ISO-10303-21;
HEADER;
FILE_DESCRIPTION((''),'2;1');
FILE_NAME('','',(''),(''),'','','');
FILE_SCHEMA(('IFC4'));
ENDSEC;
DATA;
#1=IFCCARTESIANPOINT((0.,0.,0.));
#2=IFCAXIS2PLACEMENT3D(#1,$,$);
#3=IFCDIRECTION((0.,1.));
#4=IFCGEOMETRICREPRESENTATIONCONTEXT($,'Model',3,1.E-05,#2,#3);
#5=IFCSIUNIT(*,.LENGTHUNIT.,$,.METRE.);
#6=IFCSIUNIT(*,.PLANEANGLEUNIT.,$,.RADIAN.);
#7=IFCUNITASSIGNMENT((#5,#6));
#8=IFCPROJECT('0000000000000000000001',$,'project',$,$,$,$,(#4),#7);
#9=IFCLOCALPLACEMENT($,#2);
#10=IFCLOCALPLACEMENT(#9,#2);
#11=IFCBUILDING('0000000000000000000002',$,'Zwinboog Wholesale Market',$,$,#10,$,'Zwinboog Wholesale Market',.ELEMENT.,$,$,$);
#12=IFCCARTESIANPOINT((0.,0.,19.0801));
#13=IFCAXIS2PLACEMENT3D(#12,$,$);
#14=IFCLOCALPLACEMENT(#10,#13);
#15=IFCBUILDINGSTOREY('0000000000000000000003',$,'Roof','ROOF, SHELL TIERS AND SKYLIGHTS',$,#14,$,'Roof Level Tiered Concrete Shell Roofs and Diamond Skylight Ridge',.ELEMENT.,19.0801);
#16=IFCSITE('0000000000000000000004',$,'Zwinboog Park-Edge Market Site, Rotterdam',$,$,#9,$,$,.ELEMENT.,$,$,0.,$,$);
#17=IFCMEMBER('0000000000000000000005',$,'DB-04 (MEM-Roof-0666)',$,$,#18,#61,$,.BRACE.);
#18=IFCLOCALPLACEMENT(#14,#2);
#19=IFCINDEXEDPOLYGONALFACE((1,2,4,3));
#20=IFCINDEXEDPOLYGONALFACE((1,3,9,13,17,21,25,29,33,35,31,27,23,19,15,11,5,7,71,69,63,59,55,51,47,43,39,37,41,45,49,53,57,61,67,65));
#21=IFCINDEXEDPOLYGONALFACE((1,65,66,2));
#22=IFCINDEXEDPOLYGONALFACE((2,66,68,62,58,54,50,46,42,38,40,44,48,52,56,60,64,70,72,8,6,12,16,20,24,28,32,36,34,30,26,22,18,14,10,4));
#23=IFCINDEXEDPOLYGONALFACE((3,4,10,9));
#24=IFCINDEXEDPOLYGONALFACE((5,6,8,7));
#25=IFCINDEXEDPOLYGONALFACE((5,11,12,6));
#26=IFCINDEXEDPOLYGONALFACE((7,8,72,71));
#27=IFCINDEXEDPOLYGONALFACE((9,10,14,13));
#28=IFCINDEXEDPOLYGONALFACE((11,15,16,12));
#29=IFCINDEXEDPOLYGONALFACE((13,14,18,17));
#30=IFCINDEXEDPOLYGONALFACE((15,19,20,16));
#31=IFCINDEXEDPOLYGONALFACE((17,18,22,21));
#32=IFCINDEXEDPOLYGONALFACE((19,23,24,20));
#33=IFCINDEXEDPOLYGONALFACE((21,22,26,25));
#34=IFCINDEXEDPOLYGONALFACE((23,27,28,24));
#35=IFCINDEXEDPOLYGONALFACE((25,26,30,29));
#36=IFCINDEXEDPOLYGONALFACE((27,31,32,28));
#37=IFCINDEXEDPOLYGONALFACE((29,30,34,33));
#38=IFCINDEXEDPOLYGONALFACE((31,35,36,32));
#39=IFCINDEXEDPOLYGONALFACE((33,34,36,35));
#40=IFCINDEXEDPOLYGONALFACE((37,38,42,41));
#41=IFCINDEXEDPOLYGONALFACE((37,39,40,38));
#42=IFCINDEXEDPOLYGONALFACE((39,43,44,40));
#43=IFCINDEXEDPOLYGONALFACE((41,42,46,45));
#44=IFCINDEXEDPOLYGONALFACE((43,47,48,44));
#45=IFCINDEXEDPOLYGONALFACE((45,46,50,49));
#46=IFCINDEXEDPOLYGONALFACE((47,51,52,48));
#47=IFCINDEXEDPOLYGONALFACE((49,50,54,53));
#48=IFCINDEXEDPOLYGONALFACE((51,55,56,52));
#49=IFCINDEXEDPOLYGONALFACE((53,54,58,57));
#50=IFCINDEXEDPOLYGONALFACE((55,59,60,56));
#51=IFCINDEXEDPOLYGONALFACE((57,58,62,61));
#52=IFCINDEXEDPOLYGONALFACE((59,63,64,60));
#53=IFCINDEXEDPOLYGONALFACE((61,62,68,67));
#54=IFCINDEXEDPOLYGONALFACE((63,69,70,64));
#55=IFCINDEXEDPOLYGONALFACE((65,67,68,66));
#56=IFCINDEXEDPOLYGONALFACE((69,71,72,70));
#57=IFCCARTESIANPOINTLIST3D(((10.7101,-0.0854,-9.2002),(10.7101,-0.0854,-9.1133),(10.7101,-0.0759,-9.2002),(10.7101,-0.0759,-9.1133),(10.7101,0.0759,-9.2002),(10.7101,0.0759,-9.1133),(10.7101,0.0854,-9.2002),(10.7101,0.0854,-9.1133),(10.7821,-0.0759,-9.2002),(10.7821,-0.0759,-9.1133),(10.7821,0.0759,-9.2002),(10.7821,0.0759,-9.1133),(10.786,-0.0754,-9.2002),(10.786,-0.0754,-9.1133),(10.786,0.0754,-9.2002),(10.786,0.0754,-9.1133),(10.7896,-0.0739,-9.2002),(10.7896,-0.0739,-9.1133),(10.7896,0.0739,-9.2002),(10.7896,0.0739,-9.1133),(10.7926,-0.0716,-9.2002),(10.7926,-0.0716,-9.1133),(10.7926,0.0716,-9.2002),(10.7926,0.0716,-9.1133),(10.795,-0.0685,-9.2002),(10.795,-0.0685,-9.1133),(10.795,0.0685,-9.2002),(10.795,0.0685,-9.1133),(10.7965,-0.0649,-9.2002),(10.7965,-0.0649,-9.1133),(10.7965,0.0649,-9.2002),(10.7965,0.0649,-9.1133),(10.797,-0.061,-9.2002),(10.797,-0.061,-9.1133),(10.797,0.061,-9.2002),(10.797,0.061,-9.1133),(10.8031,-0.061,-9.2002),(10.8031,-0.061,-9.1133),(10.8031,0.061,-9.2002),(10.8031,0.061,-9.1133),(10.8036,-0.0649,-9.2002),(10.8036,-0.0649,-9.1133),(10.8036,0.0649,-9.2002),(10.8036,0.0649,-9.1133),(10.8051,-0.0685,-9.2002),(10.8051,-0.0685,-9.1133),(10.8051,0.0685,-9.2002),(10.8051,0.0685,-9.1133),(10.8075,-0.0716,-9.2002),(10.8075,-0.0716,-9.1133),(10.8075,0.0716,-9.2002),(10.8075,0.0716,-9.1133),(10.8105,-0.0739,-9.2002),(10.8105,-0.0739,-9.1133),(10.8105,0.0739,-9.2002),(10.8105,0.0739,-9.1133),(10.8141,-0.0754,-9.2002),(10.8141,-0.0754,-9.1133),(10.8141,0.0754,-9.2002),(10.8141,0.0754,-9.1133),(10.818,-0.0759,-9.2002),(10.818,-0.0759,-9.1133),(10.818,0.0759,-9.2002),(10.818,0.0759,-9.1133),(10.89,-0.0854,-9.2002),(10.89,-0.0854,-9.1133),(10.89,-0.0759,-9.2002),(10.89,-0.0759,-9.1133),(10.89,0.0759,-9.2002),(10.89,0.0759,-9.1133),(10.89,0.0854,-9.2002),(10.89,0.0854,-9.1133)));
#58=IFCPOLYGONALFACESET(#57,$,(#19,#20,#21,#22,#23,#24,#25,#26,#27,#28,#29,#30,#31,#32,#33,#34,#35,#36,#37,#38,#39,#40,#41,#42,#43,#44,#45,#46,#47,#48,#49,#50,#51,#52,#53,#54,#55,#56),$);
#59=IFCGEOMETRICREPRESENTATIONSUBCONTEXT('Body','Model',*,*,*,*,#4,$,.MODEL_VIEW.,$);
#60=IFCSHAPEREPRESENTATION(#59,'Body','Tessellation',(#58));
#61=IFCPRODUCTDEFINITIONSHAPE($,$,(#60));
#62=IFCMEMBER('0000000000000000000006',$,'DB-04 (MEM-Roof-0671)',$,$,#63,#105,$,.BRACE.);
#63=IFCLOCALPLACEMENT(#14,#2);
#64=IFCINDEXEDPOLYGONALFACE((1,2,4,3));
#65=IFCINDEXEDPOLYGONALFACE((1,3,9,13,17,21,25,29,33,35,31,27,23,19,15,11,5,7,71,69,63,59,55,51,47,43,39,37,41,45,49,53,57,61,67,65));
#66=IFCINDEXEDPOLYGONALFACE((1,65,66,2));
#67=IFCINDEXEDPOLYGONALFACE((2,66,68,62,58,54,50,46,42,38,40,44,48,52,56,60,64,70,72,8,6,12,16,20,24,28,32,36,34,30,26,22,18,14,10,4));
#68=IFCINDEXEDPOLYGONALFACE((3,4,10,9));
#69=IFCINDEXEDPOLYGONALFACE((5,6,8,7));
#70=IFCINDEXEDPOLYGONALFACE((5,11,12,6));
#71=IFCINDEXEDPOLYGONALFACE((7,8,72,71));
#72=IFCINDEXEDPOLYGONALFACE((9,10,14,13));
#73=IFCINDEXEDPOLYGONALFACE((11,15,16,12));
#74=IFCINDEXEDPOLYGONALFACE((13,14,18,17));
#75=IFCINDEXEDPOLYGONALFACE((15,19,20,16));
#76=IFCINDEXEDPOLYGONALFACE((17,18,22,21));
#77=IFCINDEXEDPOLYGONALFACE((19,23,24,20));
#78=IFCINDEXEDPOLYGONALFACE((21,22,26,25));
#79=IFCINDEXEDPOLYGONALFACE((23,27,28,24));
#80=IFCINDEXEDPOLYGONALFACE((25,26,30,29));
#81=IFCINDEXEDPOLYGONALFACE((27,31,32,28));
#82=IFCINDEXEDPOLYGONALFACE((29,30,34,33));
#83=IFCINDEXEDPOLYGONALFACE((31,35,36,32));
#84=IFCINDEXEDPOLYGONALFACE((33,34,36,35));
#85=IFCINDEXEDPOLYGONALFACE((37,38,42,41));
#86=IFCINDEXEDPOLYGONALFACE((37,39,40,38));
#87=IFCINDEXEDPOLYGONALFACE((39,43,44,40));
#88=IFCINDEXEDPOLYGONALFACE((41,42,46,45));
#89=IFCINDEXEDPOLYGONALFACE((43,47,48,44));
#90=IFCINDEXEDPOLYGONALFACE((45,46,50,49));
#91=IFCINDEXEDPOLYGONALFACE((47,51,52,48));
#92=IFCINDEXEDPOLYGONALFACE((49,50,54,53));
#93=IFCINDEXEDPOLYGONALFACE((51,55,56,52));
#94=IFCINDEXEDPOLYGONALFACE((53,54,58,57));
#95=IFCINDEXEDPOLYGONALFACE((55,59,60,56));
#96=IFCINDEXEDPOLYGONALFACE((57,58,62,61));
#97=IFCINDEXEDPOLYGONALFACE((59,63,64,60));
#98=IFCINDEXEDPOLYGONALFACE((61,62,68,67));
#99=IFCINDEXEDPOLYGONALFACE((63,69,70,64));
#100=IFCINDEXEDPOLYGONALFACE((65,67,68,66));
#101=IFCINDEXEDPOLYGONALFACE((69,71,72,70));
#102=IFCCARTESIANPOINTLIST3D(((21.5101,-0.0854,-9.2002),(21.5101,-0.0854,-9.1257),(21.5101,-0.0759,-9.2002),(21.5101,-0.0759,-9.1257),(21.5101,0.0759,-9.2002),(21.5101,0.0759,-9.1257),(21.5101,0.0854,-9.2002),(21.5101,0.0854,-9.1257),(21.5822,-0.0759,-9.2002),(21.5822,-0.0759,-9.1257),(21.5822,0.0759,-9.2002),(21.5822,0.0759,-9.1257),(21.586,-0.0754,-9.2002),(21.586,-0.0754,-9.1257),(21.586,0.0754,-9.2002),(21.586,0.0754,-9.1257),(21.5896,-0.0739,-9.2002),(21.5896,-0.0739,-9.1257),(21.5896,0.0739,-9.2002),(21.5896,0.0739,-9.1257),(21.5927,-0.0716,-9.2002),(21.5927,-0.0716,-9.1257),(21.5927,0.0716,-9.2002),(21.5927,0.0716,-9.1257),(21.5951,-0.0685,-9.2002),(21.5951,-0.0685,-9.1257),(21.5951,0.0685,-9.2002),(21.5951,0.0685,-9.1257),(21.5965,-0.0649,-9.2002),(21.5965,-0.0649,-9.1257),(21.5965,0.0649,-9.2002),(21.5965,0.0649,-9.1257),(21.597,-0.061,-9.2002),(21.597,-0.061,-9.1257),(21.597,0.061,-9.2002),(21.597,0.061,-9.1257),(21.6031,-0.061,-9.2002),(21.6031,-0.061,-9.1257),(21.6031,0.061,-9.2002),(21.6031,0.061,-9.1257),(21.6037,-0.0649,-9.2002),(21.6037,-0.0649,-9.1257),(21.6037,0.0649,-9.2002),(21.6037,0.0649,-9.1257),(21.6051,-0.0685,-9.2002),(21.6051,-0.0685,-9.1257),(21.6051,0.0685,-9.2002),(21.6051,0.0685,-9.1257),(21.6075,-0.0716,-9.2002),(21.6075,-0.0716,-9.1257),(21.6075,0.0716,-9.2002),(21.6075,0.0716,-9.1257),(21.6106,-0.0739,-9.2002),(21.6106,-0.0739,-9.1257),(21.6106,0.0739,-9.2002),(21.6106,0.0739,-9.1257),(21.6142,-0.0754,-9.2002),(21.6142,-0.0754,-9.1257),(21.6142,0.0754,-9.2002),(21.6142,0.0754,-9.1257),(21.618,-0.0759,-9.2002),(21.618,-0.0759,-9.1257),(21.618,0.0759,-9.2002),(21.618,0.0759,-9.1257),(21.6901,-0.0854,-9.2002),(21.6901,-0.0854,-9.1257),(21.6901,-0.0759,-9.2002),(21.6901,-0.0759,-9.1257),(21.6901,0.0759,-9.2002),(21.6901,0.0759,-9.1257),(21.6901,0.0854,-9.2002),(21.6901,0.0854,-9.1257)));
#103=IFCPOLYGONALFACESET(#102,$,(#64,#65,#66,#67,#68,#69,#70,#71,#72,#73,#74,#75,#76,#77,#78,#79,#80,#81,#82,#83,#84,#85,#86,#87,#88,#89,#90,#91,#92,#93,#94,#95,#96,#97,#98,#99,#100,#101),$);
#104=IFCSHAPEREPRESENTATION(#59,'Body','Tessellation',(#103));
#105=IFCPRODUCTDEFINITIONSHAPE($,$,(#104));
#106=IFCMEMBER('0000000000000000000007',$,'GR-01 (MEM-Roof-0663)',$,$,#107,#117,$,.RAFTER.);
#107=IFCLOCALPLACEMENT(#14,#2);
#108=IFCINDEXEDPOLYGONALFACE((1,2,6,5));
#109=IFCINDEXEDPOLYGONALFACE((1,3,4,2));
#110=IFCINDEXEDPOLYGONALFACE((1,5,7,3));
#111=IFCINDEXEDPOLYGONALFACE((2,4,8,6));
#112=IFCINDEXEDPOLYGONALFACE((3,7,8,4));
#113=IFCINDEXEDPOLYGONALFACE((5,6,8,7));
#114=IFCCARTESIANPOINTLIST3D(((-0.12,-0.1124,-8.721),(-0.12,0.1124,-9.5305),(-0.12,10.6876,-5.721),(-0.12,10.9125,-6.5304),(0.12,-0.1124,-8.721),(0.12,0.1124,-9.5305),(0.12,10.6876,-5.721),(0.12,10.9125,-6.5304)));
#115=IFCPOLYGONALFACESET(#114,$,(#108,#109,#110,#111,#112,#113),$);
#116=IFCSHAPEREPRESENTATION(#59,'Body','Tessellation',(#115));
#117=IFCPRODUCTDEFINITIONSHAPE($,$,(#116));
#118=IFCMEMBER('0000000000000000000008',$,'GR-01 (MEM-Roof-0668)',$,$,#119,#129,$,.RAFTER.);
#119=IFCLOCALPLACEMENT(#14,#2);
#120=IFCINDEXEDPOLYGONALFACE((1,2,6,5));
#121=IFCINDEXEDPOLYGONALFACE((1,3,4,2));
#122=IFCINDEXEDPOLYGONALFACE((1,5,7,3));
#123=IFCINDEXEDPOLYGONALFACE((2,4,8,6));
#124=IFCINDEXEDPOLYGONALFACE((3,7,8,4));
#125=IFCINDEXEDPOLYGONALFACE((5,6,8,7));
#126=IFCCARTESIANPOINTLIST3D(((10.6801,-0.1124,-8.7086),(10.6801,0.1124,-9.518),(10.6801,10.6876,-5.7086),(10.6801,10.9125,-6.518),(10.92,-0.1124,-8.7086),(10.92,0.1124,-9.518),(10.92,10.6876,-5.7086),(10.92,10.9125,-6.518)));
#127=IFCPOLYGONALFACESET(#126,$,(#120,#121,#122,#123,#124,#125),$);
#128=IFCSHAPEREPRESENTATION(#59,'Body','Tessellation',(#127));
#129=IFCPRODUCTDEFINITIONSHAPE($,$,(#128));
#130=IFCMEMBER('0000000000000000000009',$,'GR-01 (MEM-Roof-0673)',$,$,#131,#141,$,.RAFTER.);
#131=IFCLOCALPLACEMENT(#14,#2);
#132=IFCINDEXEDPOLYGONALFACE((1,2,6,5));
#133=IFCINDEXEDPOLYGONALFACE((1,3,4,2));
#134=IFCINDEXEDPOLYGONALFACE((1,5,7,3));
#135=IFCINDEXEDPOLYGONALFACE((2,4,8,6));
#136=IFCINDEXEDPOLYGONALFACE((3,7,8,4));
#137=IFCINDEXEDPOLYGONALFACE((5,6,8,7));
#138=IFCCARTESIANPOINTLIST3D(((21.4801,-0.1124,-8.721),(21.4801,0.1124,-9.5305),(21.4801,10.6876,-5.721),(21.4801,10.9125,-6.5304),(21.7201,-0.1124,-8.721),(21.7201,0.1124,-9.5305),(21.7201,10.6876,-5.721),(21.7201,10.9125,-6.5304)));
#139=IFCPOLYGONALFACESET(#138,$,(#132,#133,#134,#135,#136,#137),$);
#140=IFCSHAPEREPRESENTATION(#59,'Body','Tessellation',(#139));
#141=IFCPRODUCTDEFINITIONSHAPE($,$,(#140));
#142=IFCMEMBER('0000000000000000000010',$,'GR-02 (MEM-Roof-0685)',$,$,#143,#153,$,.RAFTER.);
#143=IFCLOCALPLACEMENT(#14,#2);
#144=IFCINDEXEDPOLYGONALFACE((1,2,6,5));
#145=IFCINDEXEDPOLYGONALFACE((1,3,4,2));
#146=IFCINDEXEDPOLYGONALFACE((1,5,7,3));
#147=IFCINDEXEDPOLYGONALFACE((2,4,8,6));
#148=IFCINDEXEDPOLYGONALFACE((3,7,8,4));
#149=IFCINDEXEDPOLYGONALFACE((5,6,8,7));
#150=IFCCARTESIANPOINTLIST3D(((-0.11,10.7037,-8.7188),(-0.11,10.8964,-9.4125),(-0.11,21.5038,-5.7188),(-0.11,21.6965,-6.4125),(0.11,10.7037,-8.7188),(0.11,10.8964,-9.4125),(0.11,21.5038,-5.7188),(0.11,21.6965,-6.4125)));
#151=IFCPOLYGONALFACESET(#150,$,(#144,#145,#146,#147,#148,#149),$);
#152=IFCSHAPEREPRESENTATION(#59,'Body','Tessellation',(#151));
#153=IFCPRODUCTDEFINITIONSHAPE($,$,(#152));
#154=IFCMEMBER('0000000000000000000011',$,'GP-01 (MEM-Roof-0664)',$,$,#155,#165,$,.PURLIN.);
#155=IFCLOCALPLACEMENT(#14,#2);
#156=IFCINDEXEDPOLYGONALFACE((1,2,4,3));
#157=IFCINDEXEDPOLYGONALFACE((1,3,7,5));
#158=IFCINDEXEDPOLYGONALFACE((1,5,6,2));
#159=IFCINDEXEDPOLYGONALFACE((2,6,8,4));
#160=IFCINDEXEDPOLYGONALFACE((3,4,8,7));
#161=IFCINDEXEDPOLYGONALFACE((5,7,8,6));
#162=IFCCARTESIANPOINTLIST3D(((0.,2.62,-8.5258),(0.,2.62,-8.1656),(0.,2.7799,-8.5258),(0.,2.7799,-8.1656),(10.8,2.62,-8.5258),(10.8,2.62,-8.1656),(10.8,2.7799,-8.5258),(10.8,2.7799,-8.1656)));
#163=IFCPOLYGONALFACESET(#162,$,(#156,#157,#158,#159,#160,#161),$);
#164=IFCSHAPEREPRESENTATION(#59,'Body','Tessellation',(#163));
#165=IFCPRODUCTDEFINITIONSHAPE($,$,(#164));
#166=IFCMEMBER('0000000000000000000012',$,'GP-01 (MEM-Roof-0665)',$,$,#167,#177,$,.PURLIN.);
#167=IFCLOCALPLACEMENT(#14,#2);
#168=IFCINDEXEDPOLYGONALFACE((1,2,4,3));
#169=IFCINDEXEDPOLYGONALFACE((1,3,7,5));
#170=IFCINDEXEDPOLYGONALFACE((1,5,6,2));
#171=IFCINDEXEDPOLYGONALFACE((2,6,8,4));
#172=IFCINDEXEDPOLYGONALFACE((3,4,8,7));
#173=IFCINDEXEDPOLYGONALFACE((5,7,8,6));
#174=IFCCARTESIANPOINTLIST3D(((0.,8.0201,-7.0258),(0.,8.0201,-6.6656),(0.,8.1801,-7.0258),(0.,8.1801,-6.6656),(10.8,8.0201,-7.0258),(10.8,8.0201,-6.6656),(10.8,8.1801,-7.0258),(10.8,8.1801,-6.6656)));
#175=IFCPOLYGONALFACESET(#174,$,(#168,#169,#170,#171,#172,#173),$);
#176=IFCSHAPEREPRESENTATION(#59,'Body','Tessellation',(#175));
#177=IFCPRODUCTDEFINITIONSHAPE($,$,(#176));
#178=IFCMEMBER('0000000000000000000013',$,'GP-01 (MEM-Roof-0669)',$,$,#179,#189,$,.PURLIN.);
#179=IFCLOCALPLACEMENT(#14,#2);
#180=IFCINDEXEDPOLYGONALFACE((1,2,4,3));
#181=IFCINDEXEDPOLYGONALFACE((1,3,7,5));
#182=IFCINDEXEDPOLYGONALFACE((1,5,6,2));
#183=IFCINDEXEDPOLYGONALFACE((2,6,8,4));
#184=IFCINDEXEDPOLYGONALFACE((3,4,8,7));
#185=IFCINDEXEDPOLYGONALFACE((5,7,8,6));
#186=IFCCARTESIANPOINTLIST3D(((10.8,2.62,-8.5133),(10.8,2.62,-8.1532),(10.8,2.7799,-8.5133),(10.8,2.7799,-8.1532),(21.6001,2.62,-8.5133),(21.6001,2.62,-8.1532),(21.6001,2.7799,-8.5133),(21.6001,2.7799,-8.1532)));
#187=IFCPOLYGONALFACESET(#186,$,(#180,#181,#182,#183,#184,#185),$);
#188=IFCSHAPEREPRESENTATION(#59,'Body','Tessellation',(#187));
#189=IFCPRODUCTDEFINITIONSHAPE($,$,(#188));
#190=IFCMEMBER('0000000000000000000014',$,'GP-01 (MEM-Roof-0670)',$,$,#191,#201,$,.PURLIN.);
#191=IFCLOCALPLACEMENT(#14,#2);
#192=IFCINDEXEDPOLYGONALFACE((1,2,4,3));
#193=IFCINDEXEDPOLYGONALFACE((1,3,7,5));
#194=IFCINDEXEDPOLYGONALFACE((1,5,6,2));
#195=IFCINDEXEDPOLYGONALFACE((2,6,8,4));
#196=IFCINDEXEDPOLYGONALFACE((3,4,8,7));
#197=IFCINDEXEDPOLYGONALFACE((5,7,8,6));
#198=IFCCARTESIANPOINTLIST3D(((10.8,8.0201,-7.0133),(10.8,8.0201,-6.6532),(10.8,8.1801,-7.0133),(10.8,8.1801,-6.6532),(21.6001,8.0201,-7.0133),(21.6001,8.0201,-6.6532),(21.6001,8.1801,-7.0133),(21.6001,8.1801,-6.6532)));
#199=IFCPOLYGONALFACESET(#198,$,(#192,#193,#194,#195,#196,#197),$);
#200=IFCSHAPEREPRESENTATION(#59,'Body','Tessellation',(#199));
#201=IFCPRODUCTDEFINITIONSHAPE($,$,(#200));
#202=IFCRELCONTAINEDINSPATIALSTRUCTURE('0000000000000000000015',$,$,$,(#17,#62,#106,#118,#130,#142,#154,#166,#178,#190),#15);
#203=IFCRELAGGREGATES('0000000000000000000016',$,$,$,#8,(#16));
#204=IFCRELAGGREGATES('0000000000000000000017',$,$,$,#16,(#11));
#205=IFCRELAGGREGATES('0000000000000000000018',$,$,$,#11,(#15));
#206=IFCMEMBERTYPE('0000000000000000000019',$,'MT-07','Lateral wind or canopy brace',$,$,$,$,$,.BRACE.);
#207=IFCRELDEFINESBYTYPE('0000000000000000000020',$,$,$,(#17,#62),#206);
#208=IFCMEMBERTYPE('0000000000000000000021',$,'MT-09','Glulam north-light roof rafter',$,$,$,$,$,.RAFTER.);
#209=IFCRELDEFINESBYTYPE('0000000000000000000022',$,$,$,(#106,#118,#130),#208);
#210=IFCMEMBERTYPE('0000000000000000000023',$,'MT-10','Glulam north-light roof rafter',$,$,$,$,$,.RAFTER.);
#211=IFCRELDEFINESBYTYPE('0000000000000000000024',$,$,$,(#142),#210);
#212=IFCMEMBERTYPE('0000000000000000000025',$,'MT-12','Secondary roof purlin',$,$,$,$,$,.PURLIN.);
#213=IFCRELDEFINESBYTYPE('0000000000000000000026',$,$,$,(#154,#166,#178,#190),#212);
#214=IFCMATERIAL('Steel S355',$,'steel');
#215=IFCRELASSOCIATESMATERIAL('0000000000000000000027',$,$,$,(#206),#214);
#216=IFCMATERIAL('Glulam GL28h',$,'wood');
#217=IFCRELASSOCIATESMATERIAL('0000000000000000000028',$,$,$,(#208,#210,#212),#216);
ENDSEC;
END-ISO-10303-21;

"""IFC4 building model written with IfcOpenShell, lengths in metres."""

from ifc_helpers import new_model, si_unit, direction, frame, origin, origin_2d, place, context, subcontext, project, spatial, rectangle, i_section, extrude, material, material_profile, profile_set, type_object, element, save


model = new_model("IFC4")

# Units and contexts
model_context = context("Model", 3, precision=1e-05, world=origin(), true_north=direction((0.0, 1.0)))
body_context = subcontext(model_context, "Body", "Model", "MODEL_VIEW")
ifc_project = project(units=[si_unit("LENGTHUNIT", "METRE"), si_unit("PLANEANGLEUNIT", "RADIAN")], contexts=[model_context])

# Site, building, storey
site_placement = place(None, origin())
site = spatial("IfcSite", under=ifc_project, at=site_placement, Name="Zwinboog Park-Edge Market Site, Rotterdam", CompositionType="ELEMENT", RefElevation=0.0)
building_placement = place(site_placement, origin())
building = spatial("IfcBuilding", under=site, at=building_placement, Name="Zwinboog Wholesale Market", LongName="Zwinboog Wholesale Market", CompositionType="ELEMENT")
storey_placement = place(building_placement, frame((0.0, 0.0, 19.0801)))
storey = spatial("IfcBuildingStorey", under=building, at=storey_placement, Name="Roof", Description="ROOF, SHELL TIERS AND SKYLIGHTS", LongName="Roof Level Tiered Concrete Shell Roofs and Diamond Skylight Ridge", CompositionType="ELEMENT", Elevation=19.0801)

# Members
ifc_material_1 = material(Name="Steel S355", Category="steel")
ifc_material_profile_1 = material_profile(ifc_material_1, i_section(OverallWidth=0.1799, OverallDepth=0.1709, WebThickness=0.0061, FlangeThickness=0.0095, FilletRadius=0.0149, at=origin_2d()), Name="HEA 180")
ifc_profile_set_1 = profile_set([ifc_material_profile_1], Name="Steel S355")
member_type_1 = type_object("IfcMemberType", Name="MT-07", Description="Lateral wind or canopy brace", PredefinedType="BRACE", material=ifc_profile_set_1)
member_1_placement = place(storey_placement, frame((10.8, 0.0, -9.2002), z_axis=(0.0, 0.0, 1.0), x_axis=(1.0, 0.0, 0.0)))
element("IfcMember", 1, at=member_1_placement, inside=storey, type_object=member_type_1, Name="DB-04 (MEM-Roof-0666)", PredefinedType="BRACE", context=body_context, shape_type="SweptSolid", body=[
    extrude(i_section(OverallWidth=0.1799, OverallDepth=0.1709, WebThickness=0.0061, FlangeThickness=0.0095, FilletRadius=0.0149, at=origin_2d()), origin(), (0.0, 0.0, 1.0), 0.0869),
])
member_2_placement = place(storey_placement, frame((21.6001, 0.0, -9.2002), z_axis=(0.0, 0.0, 1.0), x_axis=(1.0, 0.0, 0.0)))
element("IfcMember", 2, at=member_2_placement, inside=storey, type_object=member_type_1, Name="DB-04 (MEM-Roof-0671)", PredefinedType="BRACE", context=body_context, shape_type="SweptSolid", body=[
    extrude(i_section(OverallWidth=0.1799, OverallDepth=0.1709, WebThickness=0.0061, FlangeThickness=0.0095, FilletRadius=0.0149, at=origin_2d()), origin(), (0.0, 0.0, 1.0), 0.0745),
])
ifc_material_2 = material(Name="Glulam GL28h", Category="wood")
ifc_material_profile_2 = material_profile(ifc_material_2, rectangle(XDim=0.24, YDim=0.8401, at=origin_2d()), Name="GL28h 240x840")
ifc_profile_set_2 = profile_set([ifc_material_profile_2], Name="Glulam GL28h")
member_type_2 = type_object("IfcMemberType", Name="MT-09", Description="Glulam north-light roof rafter", PredefinedType="RAFTER", material=ifc_profile_set_2)
for number, where, z_axis, x_axis, name in (
    (3, (0.0, 0.0, -9.1257), (0.0, 0.963518, 0.267643), (-1.0, 0.0, 0.0), "GR-01 (MEM-Roof-0663)"),
    (4, (10.8, 0.0, -9.1133), (0.0, 0.963518, 0.267643), (-1.0, 0.0, 0.0), "GR-01 (MEM-Roof-0668)"),
    (5, (21.6001, 0.0, -9.1257), (0.0, 0.963518, 0.267643), (-1.0, 0.0, 0.0), "GR-01 (MEM-Roof-0673)"),
):
    element("IfcMember", number, at=place(storey_placement, frame(where, z_axis=z_axis, x_axis=x_axis)), inside=storey, type_object=member_type_2, Name=name, PredefinedType="RAFTER", context=body_context, shape_type="SweptSolid", body=[
        extrude(rectangle(XDim=0.24, YDim=0.8401, at=origin_2d()), origin(), (0.0, 0.0, 1.0), 11.209),
    ])
ifc_material_profile_3 = material_profile(ifc_material_2, rectangle(XDim=0.22, YDim=0.72, at=origin_2d()), Name="GL28h 220x720")
ifc_profile_set_3 = profile_set([ifc_material_profile_3], Name="Glulam GL28h")
member_type_3 = type_object("IfcMemberType", Name="MT-10", Description="Glulam north-light roof rafter", PredefinedType="RAFTER", material=ifc_profile_set_3)
member_3_placement = place(storey_placement, frame((0.0, 10.8, -9.0657), z_axis=(0.0, 0.963518, 0.267643), x_axis=(-1.0, 0.0, 0.0)))
element("IfcMember", 6, at=member_3_placement, inside=storey, type_object=member_type_3, Name="GR-02 (MEM-Roof-0685)", PredefinedType="RAFTER", context=body_context, shape_type="SweptSolid", body=[
    extrude(rectangle(XDim=0.22, YDim=0.72, at=origin_2d()), origin(), (0.0, 0.0, 1.0), 11.209),
])
ifc_material_profile_4 = material_profile(ifc_material_2, rectangle(XDim=0.1599, YDim=0.3601, at=origin_2d()), Name="GL28h 160x360")
ifc_profile_set_4 = profile_set([ifc_material_profile_4], Name="Glulam GL28h")
member_type_4 = type_object("IfcMemberType", Name="MT-12", Description="Secondary roof purlin", PredefinedType="PURLIN", material=ifc_profile_set_4)
for number, where, z_axis, x_axis, name in (
    (7, (0.0, 2.7, -8.3457), (1.0, 0.0, 0.0), (0.0, 1.0, 0.0), "GP-01 (MEM-Roof-0664)"),
    (8, (0.0, 8.1001, -6.8457), (1.0, 0.0, 0.0), (0.0, 1.0, 0.0), "GP-01 (MEM-Roof-0665)"),
    (9, (10.8, 2.7, -8.3333), (1.0, 0.0, 0.0), (0.0, 1.0, 0.0), "GP-01 (MEM-Roof-0669)"),
    (10, (10.8, 8.1001, -6.8333), (1.0, 0.0, 0.0), (0.0, 1.0, 0.0), "GP-01 (MEM-Roof-0670)"),
):
    element("IfcMember", number, at=place(storey_placement, frame(where, z_axis=z_axis, x_axis=x_axis)), inside=storey, type_object=member_type_4, Name=name, PredefinedType="PURLIN", context=body_context, shape_type="SweptSolid", body=[
        extrude(rectangle(XDim=0.1599, YDim=0.3601, at=origin_2d()), origin(), (0.0, 0.0, 1.0), 10.8),
    ])

save(model, "model.ifc")
